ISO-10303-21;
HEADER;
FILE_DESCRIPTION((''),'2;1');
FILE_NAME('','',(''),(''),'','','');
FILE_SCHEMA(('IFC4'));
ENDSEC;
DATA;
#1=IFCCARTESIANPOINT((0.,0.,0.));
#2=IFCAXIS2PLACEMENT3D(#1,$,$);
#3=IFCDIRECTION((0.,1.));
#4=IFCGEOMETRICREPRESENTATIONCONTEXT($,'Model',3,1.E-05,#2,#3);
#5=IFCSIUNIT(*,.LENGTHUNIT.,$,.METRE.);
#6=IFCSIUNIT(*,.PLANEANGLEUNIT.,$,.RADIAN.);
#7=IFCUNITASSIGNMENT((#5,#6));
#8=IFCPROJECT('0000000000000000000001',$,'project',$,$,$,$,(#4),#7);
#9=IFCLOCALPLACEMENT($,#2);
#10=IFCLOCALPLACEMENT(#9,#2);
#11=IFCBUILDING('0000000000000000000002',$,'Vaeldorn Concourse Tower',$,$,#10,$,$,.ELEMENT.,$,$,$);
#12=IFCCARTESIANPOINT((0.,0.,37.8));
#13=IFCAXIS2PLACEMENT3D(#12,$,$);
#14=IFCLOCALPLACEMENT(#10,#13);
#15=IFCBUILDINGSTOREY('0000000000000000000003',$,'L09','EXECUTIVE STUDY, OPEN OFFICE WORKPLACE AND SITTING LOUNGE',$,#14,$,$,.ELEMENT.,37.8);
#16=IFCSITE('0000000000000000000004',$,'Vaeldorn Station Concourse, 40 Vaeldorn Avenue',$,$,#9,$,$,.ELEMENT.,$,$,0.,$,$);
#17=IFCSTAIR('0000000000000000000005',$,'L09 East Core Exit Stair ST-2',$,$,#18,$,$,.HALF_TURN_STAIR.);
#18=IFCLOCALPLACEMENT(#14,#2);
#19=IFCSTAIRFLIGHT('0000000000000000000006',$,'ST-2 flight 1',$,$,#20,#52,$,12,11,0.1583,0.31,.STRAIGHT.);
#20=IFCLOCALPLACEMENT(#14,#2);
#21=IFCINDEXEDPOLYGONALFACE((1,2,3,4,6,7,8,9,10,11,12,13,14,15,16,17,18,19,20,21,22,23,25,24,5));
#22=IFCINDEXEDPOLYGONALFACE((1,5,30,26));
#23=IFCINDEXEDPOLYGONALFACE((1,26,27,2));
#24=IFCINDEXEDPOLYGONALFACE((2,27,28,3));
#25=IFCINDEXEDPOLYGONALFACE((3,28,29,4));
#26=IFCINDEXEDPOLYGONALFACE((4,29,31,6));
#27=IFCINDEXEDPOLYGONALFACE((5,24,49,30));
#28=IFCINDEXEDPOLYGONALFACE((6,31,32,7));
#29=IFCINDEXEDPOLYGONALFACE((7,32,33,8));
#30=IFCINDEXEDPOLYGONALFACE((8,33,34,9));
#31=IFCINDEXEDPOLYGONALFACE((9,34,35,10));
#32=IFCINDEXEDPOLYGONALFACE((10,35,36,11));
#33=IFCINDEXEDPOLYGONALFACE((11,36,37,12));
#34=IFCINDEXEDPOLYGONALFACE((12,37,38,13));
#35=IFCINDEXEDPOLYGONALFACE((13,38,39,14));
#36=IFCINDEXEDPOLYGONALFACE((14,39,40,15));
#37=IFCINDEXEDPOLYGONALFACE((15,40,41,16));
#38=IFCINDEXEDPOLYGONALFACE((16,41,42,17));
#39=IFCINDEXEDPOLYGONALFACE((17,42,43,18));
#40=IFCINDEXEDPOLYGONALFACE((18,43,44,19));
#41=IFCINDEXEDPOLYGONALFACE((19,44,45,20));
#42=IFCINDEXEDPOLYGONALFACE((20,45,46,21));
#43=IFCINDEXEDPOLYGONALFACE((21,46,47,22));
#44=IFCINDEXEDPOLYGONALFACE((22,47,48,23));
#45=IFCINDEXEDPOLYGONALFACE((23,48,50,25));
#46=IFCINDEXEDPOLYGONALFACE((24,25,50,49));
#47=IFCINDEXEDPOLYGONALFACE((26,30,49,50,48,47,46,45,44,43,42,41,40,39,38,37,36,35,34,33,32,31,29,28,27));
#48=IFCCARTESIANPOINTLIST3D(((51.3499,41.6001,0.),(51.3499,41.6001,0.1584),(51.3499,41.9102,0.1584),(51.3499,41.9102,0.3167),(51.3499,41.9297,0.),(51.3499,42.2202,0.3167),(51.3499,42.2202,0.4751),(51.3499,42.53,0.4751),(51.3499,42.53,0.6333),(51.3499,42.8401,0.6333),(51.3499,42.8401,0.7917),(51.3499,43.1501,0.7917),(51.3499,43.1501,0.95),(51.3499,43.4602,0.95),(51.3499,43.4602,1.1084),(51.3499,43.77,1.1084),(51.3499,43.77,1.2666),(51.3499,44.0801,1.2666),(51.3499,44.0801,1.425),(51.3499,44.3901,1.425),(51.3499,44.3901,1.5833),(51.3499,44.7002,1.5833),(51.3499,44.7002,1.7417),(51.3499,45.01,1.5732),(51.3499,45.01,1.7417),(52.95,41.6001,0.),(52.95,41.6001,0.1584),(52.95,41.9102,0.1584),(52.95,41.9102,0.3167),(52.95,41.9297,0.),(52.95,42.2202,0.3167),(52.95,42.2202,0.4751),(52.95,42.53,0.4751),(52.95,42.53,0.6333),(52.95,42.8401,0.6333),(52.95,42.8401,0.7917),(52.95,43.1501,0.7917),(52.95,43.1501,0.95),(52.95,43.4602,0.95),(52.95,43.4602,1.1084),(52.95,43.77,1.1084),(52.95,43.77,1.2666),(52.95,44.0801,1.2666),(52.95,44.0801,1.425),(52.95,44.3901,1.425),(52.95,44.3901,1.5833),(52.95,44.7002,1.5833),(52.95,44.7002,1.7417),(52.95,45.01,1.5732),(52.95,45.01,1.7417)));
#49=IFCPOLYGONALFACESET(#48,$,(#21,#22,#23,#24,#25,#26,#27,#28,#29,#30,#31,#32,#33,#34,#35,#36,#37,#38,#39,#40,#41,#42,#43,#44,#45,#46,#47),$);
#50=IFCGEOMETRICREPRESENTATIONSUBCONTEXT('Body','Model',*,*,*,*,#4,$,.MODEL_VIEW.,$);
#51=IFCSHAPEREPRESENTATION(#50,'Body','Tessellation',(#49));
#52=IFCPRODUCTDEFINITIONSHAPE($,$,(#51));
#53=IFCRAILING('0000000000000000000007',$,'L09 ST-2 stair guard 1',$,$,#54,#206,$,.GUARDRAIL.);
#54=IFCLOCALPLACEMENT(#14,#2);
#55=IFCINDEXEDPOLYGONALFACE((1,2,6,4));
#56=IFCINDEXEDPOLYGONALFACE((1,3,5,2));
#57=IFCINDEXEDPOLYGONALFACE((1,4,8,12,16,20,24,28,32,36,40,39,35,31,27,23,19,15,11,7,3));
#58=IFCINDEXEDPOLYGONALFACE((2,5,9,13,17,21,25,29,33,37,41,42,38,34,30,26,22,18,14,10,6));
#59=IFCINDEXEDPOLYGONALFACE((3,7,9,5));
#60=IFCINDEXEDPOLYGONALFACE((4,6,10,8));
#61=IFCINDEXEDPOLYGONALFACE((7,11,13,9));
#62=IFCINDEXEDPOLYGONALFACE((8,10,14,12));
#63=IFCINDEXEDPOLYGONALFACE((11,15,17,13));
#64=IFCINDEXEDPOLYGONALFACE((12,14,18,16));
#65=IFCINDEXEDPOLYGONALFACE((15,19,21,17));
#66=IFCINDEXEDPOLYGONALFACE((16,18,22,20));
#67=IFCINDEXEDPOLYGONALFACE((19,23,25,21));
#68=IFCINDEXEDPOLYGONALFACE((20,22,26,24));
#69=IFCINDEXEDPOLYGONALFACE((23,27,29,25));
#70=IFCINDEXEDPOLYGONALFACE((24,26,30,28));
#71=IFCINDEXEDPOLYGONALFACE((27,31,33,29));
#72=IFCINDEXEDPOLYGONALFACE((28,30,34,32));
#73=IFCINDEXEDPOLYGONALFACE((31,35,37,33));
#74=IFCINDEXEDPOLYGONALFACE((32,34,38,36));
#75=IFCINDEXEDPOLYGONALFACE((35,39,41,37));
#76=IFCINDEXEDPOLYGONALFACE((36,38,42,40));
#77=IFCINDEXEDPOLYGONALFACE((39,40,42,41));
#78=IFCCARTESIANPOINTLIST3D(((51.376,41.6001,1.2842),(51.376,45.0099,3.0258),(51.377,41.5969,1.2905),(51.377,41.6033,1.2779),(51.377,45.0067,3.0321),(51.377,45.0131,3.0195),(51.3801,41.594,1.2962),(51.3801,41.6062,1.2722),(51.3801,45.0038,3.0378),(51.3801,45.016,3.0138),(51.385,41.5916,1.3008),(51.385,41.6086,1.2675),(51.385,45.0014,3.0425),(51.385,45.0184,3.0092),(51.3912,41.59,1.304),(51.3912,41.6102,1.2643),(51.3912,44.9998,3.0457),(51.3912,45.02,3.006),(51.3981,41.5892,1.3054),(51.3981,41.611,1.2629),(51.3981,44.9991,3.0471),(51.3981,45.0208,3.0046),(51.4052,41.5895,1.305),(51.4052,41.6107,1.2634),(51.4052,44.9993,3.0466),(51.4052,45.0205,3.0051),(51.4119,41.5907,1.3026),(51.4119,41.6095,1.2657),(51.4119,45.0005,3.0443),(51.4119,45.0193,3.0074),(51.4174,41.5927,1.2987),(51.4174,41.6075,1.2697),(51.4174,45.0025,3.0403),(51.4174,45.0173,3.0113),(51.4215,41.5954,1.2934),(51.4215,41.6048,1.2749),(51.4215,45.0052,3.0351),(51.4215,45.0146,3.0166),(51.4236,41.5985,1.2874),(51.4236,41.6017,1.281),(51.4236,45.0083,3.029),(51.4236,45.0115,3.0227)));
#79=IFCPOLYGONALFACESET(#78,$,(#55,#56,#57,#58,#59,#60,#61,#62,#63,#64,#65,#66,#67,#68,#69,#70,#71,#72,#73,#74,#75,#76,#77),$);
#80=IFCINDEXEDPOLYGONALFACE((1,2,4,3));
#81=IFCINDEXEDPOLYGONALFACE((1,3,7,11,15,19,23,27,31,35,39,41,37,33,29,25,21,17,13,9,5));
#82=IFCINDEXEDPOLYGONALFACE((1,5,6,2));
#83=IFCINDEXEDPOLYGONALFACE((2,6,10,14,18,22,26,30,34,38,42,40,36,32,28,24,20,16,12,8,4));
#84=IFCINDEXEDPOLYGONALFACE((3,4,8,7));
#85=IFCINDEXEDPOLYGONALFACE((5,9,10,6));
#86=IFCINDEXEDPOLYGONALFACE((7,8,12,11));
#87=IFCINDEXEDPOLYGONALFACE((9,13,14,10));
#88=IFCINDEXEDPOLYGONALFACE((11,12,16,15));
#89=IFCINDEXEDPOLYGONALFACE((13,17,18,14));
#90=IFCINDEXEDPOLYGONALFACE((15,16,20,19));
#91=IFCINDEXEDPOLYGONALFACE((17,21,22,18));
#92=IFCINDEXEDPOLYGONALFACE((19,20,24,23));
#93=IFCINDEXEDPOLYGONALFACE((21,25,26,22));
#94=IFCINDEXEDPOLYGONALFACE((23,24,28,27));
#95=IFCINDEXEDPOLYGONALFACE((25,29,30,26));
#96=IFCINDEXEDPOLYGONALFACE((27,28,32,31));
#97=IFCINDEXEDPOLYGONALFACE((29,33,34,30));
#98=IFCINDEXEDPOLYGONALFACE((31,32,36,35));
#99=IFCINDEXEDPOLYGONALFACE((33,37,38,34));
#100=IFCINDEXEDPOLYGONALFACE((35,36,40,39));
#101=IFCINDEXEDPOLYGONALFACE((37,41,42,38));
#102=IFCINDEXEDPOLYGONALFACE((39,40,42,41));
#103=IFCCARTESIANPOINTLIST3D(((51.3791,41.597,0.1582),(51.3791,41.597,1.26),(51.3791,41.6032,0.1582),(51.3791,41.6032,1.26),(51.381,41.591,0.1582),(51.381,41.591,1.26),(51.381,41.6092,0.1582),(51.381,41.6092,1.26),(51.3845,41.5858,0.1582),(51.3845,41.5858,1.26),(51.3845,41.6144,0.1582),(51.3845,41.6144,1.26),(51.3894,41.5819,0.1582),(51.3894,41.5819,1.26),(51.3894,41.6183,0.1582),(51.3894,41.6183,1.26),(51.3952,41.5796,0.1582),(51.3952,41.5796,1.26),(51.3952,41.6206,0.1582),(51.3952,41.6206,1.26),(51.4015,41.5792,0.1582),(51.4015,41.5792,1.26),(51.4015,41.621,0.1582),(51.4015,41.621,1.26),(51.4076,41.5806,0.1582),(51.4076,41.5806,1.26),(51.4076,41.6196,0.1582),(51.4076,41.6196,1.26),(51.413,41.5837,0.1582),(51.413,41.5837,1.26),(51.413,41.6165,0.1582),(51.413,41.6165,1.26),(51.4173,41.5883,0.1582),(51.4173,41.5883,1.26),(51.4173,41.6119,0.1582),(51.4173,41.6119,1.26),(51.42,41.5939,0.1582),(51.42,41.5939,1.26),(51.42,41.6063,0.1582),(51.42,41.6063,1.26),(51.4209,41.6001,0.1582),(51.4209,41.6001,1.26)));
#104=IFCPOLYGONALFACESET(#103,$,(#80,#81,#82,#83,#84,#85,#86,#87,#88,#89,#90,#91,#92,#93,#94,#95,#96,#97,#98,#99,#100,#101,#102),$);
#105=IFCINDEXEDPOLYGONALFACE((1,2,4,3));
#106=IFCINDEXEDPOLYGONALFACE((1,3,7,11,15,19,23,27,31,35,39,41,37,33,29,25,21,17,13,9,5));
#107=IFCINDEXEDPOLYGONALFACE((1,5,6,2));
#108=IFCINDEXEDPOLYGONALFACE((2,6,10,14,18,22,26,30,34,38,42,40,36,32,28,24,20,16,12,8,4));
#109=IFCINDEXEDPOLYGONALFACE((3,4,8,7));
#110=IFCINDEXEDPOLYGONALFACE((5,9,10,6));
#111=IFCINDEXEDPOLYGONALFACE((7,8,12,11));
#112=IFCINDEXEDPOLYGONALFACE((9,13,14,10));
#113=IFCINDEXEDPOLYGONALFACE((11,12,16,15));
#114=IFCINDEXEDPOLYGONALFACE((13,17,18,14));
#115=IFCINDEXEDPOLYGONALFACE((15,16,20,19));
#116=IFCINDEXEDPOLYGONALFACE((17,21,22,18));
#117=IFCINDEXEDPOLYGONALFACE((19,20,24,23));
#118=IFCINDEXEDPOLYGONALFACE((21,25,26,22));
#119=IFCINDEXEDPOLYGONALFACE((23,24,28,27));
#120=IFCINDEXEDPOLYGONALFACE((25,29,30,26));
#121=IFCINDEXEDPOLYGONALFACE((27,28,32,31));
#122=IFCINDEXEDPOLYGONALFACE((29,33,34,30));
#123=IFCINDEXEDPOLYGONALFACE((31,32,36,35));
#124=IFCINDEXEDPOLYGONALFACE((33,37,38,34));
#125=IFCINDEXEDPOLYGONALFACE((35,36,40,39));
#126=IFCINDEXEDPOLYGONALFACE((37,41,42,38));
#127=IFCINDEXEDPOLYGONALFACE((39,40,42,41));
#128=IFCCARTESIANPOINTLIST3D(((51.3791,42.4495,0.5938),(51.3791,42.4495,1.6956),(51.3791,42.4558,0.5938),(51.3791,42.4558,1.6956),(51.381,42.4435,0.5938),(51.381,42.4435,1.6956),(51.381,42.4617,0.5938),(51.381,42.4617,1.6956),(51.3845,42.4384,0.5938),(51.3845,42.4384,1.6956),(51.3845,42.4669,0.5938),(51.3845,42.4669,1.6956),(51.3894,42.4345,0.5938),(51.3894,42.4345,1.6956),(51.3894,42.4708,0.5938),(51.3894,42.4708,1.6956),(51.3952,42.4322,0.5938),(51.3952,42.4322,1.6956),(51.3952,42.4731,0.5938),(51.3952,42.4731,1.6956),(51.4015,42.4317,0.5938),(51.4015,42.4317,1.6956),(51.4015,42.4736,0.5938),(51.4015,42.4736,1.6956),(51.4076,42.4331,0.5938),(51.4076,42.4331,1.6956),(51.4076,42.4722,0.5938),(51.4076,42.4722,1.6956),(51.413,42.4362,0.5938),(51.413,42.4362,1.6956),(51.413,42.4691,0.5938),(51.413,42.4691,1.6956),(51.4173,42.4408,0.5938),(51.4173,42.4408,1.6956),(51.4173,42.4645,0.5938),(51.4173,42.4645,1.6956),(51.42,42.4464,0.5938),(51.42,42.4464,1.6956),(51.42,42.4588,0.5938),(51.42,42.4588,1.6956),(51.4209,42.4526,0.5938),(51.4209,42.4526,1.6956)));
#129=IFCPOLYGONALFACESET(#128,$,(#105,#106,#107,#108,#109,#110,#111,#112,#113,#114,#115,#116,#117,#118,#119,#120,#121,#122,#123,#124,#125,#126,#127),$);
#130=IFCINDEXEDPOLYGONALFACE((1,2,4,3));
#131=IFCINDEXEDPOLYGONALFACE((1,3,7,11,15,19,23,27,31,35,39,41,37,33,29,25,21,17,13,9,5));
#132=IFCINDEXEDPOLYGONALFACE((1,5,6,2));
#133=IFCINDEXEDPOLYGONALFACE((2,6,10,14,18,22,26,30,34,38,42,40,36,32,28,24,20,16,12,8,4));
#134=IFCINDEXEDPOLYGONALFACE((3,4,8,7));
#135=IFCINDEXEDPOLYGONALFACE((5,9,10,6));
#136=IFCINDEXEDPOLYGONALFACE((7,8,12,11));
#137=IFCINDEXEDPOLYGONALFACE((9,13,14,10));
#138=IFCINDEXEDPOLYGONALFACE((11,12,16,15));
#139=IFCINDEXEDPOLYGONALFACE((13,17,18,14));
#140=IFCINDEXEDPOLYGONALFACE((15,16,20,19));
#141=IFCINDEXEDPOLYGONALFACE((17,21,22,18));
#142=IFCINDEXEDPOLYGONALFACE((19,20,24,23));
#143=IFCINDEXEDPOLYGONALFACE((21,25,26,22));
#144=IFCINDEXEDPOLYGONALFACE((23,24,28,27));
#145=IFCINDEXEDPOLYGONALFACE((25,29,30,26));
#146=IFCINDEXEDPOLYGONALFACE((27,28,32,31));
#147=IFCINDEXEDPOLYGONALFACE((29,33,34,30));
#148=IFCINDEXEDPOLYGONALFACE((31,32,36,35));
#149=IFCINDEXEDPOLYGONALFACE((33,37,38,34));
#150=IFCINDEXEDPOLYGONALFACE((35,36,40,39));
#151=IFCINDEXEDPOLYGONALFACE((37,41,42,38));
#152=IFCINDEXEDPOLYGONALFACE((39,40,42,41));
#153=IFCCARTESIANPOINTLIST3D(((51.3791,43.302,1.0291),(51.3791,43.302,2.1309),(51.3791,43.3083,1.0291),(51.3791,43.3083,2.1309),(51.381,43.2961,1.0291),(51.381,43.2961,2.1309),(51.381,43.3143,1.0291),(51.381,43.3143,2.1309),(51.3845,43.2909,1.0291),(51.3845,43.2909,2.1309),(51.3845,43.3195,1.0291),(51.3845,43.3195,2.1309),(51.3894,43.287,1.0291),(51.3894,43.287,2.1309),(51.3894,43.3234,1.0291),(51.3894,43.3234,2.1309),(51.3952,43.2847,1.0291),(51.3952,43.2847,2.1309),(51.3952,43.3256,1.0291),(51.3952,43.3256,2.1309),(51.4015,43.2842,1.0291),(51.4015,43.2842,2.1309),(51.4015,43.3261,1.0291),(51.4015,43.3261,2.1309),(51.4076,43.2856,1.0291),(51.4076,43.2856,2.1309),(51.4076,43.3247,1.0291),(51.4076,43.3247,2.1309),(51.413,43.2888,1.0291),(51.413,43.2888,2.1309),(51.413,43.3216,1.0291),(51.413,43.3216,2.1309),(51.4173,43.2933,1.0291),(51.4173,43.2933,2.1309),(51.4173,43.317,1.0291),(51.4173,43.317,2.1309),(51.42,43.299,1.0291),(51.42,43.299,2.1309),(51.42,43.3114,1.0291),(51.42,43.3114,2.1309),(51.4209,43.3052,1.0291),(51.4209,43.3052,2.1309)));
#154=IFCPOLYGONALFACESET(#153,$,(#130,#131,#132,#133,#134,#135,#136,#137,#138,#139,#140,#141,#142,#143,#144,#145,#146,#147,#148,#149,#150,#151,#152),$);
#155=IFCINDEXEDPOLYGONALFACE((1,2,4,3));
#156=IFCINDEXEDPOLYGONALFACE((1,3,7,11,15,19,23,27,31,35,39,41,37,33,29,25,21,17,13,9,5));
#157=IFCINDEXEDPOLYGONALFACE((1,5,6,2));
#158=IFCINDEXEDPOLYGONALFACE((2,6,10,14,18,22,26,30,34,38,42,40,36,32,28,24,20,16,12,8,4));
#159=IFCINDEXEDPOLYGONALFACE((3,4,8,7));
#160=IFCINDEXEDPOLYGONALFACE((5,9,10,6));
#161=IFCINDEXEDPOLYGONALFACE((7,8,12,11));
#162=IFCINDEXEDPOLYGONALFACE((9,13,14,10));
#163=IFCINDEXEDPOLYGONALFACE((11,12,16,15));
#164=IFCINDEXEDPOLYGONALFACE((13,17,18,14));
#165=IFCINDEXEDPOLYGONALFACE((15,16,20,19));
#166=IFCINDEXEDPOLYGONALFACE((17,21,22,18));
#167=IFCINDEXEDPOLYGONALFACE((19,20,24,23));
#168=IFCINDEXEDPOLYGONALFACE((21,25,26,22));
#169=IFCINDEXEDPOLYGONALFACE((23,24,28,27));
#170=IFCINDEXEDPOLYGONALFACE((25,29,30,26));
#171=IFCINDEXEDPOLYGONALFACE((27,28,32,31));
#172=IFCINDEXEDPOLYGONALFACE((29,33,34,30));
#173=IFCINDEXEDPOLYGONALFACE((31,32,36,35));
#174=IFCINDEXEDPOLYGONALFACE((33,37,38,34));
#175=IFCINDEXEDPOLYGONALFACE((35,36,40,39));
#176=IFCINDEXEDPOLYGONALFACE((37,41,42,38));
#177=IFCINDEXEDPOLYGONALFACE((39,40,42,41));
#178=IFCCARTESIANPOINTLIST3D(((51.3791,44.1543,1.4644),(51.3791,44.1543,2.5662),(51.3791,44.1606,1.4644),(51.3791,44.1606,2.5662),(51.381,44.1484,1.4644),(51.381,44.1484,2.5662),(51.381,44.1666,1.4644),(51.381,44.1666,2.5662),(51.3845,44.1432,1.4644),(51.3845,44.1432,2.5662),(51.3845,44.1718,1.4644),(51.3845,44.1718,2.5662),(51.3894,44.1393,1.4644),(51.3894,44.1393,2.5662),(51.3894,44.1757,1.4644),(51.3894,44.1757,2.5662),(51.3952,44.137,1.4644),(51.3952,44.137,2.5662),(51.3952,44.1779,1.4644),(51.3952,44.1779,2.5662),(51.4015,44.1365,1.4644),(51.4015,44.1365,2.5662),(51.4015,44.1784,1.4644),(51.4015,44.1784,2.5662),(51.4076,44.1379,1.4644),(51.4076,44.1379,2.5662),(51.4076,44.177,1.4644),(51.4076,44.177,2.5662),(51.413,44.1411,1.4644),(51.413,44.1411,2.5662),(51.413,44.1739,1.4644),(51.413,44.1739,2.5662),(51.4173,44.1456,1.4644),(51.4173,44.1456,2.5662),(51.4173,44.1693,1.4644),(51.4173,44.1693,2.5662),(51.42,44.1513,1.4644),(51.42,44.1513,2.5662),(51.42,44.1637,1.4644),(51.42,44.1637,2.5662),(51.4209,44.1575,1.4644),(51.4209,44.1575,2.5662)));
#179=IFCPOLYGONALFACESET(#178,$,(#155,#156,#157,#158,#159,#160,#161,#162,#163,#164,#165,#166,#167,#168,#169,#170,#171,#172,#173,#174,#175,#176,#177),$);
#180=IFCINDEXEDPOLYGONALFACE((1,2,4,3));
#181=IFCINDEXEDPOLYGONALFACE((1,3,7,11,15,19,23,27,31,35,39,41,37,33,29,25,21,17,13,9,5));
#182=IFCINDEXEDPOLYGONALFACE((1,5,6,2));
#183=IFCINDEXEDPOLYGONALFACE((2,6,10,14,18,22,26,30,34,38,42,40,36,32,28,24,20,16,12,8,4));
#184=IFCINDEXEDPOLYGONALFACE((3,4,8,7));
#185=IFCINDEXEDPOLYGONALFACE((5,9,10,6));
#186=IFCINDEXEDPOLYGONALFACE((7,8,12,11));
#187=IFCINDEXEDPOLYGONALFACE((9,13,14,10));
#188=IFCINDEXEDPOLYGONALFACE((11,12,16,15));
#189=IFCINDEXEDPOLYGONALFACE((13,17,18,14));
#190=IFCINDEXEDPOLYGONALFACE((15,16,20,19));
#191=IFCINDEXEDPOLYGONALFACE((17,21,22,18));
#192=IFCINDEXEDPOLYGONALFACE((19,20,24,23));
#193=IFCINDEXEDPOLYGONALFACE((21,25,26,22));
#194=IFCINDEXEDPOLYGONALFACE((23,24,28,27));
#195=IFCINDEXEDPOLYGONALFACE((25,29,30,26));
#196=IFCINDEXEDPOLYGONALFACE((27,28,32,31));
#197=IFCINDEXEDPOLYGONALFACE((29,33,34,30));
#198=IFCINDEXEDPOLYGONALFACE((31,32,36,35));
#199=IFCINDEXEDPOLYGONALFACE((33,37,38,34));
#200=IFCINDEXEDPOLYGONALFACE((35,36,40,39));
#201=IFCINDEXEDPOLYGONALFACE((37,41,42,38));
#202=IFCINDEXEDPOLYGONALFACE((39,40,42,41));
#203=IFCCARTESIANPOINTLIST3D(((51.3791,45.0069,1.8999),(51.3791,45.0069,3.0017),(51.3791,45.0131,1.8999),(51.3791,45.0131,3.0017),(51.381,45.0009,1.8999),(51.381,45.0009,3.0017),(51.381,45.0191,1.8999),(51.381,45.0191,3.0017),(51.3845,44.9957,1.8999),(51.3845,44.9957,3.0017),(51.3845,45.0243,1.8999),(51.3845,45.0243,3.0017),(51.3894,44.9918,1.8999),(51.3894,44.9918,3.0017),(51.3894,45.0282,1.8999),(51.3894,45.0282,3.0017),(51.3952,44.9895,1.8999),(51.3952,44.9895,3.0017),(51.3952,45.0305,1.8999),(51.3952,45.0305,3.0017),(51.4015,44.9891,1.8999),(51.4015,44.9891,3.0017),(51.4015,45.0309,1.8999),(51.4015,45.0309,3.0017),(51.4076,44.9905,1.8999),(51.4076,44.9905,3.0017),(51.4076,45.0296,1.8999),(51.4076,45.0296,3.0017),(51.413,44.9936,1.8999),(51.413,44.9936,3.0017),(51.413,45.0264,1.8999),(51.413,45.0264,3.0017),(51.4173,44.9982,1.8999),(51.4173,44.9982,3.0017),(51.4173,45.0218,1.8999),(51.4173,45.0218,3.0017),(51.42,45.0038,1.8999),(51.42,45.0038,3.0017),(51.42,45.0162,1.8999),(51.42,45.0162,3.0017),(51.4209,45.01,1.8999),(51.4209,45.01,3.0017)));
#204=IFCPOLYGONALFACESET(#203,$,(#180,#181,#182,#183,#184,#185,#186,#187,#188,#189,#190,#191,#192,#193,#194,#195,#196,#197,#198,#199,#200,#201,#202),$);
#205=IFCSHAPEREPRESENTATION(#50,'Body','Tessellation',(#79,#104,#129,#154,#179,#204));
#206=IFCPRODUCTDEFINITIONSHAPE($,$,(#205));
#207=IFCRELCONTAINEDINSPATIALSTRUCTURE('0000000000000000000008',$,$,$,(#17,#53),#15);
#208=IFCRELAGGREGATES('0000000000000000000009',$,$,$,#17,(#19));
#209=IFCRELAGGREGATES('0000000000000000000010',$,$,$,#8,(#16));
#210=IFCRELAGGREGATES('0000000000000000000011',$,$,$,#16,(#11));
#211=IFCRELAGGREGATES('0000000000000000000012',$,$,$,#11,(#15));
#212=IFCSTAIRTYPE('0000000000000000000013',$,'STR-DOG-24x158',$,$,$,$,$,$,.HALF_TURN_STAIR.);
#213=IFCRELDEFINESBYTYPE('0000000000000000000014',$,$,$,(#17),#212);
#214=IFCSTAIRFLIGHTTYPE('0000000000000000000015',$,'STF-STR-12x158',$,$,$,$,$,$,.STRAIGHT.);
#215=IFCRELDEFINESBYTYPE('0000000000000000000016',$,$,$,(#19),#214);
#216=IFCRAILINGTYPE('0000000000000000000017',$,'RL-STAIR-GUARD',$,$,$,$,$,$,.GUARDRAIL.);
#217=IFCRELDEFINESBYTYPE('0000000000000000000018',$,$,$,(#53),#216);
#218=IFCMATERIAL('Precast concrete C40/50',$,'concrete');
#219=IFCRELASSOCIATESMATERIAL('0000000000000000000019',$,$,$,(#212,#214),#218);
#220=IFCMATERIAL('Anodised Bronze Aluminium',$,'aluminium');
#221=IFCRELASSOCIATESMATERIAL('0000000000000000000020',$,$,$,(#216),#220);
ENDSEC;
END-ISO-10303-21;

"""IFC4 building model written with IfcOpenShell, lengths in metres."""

from ifc_helpers import new_model, si_unit, direction, frame, origin, origin_2d, place, context, subcontext, project, spatial, polyline, circle, outline, extrude, material, type_object, element, aggregate, save


model = new_model("IFC4")

# Units and contexts
model_context = context("Model", 3, precision=1e-05, world=origin(), true_north=direction((0.0, 1.0)))
body_context = subcontext(model_context, "Body", "Model", "MODEL_VIEW")
ifc_project = project(units=[si_unit("LENGTHUNIT", "METRE"), si_unit("PLANEANGLEUNIT", "RADIAN")], contexts=[model_context])

# Site, building, storey
site_placement = place(None, origin())
site = spatial("IfcSite", under=ifc_project, at=site_placement, Name="Vaeldorn Station Concourse, 40 Vaeldorn Avenue", CompositionType="ELEMENT", RefElevation=0.0)
building_placement = place(site_placement, origin())
building = spatial("IfcBuilding", under=site, at=building_placement, Name="Vaeldorn Concourse Tower", CompositionType="ELEMENT")
storey_placement = place(building_placement, frame((0.0, 0.0, 37.8)))
storey = spatial("IfcBuildingStorey", under=building, at=storey_placement, Name="L09", Description="EXECUTIVE STUDY, OPEN OFFICE WORKPLACE AND SITTING LOUNGE", CompositionType="ELEMENT", Elevation=37.8)

# Shared definitions
ifc_material_1 = material(Name="Anodised Bronze Aluminium", Category="aluminium")

# Stair, stair flight
ifc_material_2 = material(Name="Precast concrete C40/50", Category="concrete")
stair_type = type_object("IfcStairType", Name="STR-DOG-24x158", PredefinedType="HALF_TURN_STAIR", material=ifc_material_2)
stair_placement = place(storey_placement, origin())
stair = element("IfcStair", 1, at=stair_placement, inside=storey, type_object=stair_type, Name="L09 East Core Exit Stair ST-2", PredefinedType="HALF_TURN_STAIR")
stair_flight_type = type_object("IfcStairFlightType", Name="STF-STR-12x158", PredefinedType="STRAIGHT", material=ifc_material_2)
stair_flight_placement = place(storey_placement, frame((52.1499, 41.6001, 0.0), z_axis=(0.0, 0.0, 1.0), x_axis=(0.0, 1.0, 0.0)))
stair_flight = element("IfcStairFlight", 2, at=stair_flight_placement, type_object=stair_flight_type, Name="ST-2 flight 1", NumberOfRisers=12, NumberOfTreads=11, PredefinedType="STRAIGHT", RiserHeight=0.1583, TreadLength=0.31, context=body_context, shape_type="SweptSolid", body=[
    extrude(outline(polyline([(0.0, 0.0), (0.0, 0.1584), (0.3101, 0.1584), (0.3101, 0.3167), (0.6201, 0.3167), (0.6201, 0.4751), (0.9299, 0.4751), (0.9299, 0.6333), (1.24, 0.6333), (1.24, 0.7917), (1.55, 0.7917), (1.55, 0.95), (1.8601, 0.95), (1.8601, 1.1084), (2.1699, 1.1084), (2.1699, 1.2666), (2.48, 1.2666), (2.48, 1.425), (2.79, 1.425), (2.79, 1.5833), (3.1001, 1.5833), (3.1001, 1.7417), (3.4099, 1.7417), (3.4099, 1.8999), (3.4099, 1.5732), (0.3296, 0.0), (0.0, 0.0)])), frame((0.0, 0.8, 0.0), z_axis=(0.0, -1.0, 0.0), x_axis=(1.0, 0.0, 0.0)), (0.0, 0.0, 1.0), 1.6001),
])
aggregate(stair, [stair_flight])

# Railing
railing_type_1 = type_object("IfcRailingType", Name="RL-STAIR-GUARD", PredefinedType="GUARDRAIL", material=ifc_material_1)
railing_1_placement = place(storey_placement, frame((51.3999, 41.6001, 0.1582)))
element("IfcRailing", 3, at=railing_1_placement, inside=storey, type_object=railing_type_1, Name="L09 ST-2 stair guard 1", PredefinedType="GUARDRAIL", context=body_context, shape_type="SweptSolid", body=[
    extrude(circle(Radius=0.0239, at=origin_2d()), frame((0.0, 0.0, 1.126), z_axis=(0.0, 0.890556, 0.454874), x_axis=(-1.0, 0.0, 0.0)), (0.0, 0.0, 1.0), 3.8289),
    extrude(circle(Radius=0.021, at=origin_2d()), origin(), (0.0, 0.0, 1.0), 1.1018),
    extrude(circle(Radius=0.021, at=origin_2d()), frame((0.0, 0.8525, 0.4355)), (0.0, 0.0, 1.0), 1.1018),
    extrude(circle(Radius=0.021, at=origin_2d()), frame((0.0, 1.7051, 0.8708)), (0.0, 0.0, 1.0), 1.1018),
    extrude(circle(Radius=0.021, at=origin_2d()), frame((0.0, 2.5574, 1.3062)), (0.0, 0.0, 1.0), 1.1018),
    extrude(circle(Radius=0.021, at=origin_2d()), frame((0.0, 3.4099, 1.7417)), (0.0, 0.0, 1.0), 1.1018),
])

save(model, "model.ifc")
